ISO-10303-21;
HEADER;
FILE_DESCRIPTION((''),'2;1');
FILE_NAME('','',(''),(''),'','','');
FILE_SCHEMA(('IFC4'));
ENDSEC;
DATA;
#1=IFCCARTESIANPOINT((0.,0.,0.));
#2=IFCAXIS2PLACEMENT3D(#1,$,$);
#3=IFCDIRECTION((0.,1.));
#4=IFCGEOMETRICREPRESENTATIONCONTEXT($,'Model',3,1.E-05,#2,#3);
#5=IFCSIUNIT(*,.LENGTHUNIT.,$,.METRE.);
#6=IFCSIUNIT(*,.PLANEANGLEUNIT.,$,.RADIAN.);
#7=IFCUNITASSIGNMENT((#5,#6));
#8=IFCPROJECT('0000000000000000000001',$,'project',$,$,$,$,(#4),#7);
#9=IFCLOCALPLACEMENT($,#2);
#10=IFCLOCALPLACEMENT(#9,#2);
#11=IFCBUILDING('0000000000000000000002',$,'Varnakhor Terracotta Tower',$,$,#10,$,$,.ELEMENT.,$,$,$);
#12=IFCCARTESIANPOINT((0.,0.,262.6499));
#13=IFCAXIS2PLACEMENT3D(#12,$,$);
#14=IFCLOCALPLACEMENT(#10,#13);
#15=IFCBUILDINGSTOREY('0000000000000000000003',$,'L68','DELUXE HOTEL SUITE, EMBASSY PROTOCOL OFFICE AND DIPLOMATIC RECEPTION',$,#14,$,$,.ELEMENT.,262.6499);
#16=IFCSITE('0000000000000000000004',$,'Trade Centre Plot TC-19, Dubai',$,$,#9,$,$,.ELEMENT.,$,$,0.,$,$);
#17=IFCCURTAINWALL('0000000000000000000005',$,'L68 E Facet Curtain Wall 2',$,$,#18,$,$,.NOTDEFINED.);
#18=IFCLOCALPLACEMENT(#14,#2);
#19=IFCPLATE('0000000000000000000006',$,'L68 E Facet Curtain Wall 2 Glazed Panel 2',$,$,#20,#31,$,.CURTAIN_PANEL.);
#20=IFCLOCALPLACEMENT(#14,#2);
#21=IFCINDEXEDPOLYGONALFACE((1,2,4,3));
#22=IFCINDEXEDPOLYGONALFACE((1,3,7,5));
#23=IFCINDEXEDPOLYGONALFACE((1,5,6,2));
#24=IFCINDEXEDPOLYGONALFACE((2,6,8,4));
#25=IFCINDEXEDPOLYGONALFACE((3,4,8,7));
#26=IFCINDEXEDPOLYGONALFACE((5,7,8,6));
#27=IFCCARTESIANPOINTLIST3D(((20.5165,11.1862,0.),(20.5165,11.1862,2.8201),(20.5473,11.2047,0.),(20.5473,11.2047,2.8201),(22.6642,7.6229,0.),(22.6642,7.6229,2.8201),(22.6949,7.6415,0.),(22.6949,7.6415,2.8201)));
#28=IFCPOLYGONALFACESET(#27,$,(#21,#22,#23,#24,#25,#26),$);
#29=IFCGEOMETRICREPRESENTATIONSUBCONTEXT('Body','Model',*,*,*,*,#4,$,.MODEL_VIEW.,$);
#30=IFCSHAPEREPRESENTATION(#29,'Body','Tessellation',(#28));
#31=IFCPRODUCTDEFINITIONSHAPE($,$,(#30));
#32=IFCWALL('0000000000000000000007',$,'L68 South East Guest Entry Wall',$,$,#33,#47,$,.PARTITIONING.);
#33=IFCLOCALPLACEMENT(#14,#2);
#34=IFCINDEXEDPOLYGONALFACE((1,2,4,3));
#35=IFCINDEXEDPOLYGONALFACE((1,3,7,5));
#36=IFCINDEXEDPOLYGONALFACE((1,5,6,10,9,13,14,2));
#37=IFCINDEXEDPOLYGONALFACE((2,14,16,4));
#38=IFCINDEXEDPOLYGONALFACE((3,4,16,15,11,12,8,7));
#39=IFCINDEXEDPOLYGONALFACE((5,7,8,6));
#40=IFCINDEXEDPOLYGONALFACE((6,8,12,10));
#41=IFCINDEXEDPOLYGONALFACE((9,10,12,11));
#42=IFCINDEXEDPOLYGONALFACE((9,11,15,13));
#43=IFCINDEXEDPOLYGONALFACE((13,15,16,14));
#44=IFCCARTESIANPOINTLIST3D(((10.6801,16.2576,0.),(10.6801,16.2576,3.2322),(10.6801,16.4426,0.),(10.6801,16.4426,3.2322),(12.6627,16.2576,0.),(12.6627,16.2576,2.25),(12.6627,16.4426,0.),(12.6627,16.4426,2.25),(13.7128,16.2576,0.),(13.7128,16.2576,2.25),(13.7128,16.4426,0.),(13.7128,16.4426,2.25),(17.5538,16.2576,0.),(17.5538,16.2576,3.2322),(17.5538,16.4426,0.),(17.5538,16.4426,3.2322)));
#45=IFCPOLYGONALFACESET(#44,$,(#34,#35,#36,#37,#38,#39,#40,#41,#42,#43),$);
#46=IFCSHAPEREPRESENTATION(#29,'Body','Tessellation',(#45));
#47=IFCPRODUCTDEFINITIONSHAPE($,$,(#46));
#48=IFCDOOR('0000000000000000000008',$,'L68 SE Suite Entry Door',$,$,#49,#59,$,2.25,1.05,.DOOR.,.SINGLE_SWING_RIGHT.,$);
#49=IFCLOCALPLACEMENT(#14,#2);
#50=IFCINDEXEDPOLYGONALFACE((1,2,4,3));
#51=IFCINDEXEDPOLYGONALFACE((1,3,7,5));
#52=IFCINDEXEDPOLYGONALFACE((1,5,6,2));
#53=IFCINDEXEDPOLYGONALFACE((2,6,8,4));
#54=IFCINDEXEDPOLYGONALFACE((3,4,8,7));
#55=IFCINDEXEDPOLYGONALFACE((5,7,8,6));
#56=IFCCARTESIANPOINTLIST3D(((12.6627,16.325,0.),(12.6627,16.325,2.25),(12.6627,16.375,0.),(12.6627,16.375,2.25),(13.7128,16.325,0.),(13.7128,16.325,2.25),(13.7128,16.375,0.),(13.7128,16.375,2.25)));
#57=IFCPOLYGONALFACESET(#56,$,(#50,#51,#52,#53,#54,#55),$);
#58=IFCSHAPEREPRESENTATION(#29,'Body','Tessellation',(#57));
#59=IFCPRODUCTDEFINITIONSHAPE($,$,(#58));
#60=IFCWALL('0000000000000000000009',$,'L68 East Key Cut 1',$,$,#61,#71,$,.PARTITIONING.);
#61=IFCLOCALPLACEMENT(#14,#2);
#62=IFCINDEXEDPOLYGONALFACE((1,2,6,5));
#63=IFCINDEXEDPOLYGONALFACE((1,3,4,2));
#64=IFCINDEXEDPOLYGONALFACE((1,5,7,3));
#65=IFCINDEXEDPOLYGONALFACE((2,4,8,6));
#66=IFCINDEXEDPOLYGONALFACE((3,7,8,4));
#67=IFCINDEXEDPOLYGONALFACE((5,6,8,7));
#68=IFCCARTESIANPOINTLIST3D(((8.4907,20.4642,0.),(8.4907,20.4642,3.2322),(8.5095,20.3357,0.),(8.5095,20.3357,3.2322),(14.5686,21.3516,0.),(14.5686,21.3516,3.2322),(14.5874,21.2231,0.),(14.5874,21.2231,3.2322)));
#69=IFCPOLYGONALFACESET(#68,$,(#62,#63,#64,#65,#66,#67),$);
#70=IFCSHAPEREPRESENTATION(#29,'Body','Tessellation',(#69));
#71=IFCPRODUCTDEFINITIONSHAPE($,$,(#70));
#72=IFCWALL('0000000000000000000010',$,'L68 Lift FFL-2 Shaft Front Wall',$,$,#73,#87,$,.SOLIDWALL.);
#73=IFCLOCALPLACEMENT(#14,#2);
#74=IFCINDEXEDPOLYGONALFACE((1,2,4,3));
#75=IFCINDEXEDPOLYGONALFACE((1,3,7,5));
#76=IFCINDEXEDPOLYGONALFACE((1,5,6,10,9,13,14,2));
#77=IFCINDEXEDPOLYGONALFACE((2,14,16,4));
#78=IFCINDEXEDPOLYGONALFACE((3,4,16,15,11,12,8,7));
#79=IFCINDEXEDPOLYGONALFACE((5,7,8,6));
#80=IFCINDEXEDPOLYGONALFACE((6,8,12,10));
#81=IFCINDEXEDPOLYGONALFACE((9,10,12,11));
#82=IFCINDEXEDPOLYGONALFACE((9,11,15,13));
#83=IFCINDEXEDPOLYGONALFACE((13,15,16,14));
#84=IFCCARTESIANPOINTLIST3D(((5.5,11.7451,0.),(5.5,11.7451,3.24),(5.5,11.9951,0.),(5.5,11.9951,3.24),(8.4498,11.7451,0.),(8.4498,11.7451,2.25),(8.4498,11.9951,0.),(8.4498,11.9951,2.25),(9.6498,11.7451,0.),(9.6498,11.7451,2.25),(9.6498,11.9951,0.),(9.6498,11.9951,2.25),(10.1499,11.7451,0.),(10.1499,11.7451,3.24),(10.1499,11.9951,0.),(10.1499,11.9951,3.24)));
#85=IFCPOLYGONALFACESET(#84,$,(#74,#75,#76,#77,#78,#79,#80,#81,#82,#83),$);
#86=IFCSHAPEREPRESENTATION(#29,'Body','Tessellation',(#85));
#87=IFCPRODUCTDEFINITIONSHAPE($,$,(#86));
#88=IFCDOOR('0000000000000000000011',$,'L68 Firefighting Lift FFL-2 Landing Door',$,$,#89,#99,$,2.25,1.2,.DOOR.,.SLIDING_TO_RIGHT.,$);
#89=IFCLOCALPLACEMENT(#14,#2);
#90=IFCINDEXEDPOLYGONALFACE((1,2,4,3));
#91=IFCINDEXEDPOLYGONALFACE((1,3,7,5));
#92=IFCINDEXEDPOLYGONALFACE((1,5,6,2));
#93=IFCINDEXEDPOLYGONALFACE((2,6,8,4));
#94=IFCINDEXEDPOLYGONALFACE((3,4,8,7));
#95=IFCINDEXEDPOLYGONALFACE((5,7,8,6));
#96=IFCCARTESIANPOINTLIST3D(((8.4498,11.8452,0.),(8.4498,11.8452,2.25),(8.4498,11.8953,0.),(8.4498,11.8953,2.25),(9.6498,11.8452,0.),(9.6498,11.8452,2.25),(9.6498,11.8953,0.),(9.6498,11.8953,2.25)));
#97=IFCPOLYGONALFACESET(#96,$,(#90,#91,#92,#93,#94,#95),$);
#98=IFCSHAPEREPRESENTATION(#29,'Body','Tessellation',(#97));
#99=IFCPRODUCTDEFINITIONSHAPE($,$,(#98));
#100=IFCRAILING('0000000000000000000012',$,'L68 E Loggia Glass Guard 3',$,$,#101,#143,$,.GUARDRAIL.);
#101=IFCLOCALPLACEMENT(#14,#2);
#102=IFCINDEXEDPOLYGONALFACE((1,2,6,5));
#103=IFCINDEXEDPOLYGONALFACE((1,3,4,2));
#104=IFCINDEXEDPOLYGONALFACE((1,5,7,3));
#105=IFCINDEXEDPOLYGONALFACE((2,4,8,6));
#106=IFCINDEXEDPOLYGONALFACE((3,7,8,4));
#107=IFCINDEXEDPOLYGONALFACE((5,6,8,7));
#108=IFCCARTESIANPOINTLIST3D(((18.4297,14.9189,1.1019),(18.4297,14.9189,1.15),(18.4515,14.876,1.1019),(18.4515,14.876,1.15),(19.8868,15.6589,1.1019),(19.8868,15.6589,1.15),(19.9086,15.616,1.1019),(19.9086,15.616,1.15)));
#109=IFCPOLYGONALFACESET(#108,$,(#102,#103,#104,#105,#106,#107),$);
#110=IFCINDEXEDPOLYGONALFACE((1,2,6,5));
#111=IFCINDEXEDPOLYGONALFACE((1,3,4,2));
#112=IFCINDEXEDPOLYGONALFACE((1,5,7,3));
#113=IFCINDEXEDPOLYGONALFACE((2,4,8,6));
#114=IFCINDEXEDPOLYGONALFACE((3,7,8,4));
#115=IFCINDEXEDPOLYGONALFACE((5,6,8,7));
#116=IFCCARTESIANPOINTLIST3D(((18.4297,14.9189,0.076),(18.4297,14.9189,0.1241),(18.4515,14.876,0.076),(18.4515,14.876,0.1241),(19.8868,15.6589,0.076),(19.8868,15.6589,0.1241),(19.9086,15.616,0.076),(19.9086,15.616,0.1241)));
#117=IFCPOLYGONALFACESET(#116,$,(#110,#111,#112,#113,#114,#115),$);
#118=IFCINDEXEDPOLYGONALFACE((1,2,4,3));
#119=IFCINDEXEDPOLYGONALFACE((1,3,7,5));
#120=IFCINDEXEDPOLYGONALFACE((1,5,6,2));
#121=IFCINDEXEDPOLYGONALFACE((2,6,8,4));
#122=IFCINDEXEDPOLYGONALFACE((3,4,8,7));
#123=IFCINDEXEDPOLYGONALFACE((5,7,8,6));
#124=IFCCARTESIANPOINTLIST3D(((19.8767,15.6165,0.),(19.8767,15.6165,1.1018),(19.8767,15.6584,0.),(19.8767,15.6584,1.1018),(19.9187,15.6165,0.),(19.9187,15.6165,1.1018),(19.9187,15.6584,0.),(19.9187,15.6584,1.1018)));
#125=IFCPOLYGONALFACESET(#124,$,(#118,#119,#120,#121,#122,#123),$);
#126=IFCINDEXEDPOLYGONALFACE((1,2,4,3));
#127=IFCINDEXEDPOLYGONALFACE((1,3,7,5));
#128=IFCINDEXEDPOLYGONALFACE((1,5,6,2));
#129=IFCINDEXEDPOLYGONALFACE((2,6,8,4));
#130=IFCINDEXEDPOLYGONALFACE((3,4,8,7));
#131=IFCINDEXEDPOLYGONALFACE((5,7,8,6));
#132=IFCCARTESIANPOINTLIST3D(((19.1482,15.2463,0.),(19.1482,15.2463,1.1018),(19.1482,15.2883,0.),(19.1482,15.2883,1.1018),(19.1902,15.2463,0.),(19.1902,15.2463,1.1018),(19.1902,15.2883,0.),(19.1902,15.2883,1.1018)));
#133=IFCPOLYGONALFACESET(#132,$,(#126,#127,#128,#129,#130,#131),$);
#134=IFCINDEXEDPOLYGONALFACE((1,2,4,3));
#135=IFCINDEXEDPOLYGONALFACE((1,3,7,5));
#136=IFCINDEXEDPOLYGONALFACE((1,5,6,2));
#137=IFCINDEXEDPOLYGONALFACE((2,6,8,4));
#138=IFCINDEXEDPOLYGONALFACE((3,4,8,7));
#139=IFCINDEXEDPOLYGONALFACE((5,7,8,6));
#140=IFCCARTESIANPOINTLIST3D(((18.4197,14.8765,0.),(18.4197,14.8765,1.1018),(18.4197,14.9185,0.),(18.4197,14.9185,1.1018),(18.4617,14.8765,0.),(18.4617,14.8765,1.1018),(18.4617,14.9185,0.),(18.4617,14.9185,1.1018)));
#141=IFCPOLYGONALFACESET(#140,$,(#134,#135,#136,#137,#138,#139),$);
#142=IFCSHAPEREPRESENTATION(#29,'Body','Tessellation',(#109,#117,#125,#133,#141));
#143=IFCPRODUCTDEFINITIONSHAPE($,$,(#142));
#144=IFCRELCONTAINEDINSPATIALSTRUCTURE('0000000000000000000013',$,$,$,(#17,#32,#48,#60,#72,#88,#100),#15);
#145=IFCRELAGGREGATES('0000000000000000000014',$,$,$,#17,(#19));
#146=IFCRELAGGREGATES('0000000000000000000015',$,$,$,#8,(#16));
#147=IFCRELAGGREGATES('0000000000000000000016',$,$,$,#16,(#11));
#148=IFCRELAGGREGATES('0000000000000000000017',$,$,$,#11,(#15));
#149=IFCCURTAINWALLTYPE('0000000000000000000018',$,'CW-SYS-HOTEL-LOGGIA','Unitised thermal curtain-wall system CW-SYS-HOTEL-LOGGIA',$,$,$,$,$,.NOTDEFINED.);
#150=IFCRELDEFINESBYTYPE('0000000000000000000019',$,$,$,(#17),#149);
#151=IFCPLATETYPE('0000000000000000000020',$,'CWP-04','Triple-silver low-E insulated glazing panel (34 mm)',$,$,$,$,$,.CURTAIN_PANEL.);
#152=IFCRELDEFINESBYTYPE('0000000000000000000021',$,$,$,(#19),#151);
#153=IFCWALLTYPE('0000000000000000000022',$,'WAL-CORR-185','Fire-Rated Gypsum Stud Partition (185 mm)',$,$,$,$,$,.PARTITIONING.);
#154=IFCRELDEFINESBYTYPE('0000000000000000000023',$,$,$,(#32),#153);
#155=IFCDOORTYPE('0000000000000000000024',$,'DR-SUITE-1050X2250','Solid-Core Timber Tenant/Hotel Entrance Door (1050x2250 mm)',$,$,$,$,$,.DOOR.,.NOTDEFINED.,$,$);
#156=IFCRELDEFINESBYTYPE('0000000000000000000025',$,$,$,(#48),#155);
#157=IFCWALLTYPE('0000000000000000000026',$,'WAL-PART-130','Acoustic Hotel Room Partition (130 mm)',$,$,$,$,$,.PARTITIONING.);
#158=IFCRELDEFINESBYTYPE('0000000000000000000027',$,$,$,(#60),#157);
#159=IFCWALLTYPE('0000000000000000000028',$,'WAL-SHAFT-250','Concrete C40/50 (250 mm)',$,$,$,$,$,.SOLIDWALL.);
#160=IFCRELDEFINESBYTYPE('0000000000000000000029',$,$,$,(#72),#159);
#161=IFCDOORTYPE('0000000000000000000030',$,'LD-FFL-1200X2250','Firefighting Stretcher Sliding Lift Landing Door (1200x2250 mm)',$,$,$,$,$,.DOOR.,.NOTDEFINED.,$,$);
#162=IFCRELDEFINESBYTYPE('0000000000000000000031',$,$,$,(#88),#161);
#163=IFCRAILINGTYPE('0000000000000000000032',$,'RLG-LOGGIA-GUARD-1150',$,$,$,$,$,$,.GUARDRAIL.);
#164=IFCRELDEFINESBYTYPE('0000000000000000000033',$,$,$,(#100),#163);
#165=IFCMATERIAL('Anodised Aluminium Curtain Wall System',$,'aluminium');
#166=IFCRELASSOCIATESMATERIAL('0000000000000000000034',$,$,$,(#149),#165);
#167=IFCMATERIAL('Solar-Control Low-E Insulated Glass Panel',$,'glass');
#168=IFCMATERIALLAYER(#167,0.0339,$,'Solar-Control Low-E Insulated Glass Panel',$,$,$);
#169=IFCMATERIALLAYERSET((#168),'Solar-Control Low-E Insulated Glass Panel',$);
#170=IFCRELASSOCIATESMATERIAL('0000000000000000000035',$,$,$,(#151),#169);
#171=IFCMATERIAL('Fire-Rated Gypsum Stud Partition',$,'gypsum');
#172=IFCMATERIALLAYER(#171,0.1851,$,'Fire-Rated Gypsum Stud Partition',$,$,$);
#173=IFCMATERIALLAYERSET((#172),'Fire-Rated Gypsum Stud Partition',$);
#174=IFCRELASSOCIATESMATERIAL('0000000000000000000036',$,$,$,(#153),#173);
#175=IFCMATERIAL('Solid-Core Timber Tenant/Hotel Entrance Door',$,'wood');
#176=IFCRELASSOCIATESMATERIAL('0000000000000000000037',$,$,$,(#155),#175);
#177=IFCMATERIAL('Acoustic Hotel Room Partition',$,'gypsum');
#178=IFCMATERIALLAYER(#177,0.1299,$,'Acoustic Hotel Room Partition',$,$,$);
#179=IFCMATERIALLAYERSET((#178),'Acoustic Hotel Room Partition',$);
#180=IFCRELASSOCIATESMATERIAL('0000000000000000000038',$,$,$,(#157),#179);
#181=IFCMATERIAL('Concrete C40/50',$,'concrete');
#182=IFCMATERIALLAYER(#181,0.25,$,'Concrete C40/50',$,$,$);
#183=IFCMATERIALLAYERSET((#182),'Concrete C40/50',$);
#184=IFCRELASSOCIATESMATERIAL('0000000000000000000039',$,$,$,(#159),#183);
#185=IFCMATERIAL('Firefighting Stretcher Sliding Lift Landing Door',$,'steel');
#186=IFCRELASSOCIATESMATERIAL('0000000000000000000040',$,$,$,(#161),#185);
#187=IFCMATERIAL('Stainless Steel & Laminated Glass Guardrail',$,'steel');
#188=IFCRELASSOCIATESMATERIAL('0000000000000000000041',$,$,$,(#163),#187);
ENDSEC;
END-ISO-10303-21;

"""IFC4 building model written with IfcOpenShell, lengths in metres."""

from ifc_helpers import new_model, si_unit, direction, frame, frame_2d, origin, origin_2d, place, context, subcontext, project, spatial, rectangle, extrude, source, transform, mapped, material, layer, layer_set, type_object, type_shapes, element, fill, aggregate, save


model = new_model("IFC4")

# Units and contexts
model_context = context("Model", 3, precision=1e-05, world=origin(), true_north=direction((0.0, 1.0)))
body_context = subcontext(model_context, "Body", "Model", "MODEL_VIEW")
ifc_project = project(units=[si_unit("LENGTHUNIT", "METRE"), si_unit("PLANEANGLEUNIT", "RADIAN")], contexts=[model_context])

# Site, building, storey
site_placement = place(None, origin())
site = spatial("IfcSite", under=ifc_project, at=site_placement, Name="Trade Centre Plot TC-19, Dubai", CompositionType="ELEMENT", RefElevation=0.0)
building_placement = place(site_placement, origin())
building = spatial("IfcBuilding", under=site, at=building_placement, Name="Varnakhor Terracotta Tower", CompositionType="ELEMENT")
storey_placement = place(building_placement, frame((0.0, 0.0, 262.6499)))
storey = spatial("IfcBuildingStorey", under=building, at=storey_placement, Name="L68", Description="DELUXE HOTEL SUITE, EMBASSY PROTOCOL OFFICE AND DIPLOMATIC RECEPTION", CompositionType="ELEMENT", Elevation=262.6499)

# Curtain wall
ifc_material_1 = material(Name="Anodised Aluminium Curtain Wall System", Category="aluminium")
curtain_wall_type = type_object("IfcCurtainWallType", Name="CW-SYS-HOTEL-LOGGIA", Description="Unitised thermal curtain-wall system CW-SYS-HOTEL-LOGGIA", PredefinedType="NOTDEFINED", material=ifc_material_1)
curtain_wall_placement = place(storey_placement, origin())
curtain_wall = element("IfcCurtainWall", 1, at=curtain_wall_placement, inside=storey, type_object=curtain_wall_type, Name="L68 E Facet Curtain Wall 2", PredefinedType="NOTDEFINED")

# Plate
ifc_material_2 = material(Name="Solar-Control Low-E Insulated Glass Panel", Category="glass")
ifc_layer_1 = layer(ifc_material_2, 0.0339, Name="Solar-Control Low-E Insulated Glass Panel")
ifc_layer_set_1 = layer_set([ifc_layer_1], Name="Solar-Control Low-E Insulated Glass Panel")
plate_type = type_object("IfcPlateType", Name="CWP-04", Description="Triple-silver low-E insulated glazing panel (34 mm)", PredefinedType="CURTAIN_PANEL", material=ifc_layer_set_1)
shared_shape_1 = source(origin(), body_context, "Body", "SweptSolid", [
    extrude(rectangle(XDim=4.1604, YDim=0.0359, at=origin_2d()), origin(), (0.0, 0.0, 1.0), 2.8201),
])
plate_1_placement = place(storey_placement, frame((21.6057, 9.4138, 0.0), z_axis=(0.0, 0.0, 1.0), x_axis=(0.516205, -0.856465, 0.0)))
plate_1 = element("IfcPlate", 2, at=plate_1_placement, type_object=plate_type, Name="L68 E Facet Curtain Wall 2 Glazed Panel 2", PredefinedType="CURTAIN_PANEL", context=body_context, shape_type="MappedRepresentation", body=[
    mapped(shared_shape_1, transform((0.0, 0.0, 0.0), scale=1.0)),
])
aggregate(curtain_wall, [plate_1])

# Wall, opening, door
ifc_material_3 = material(Name="Fire-Rated Gypsum Stud Partition", Category="gypsum")
ifc_layer_2 = layer(ifc_material_3, 0.1851, Name="Fire-Rated Gypsum Stud Partition")
ifc_layer_set_2 = layer_set([ifc_layer_2], Name="Fire-Rated Gypsum Stud Partition")
wall_type_1 = type_object("IfcWallType", Name="WAL-CORR-185", Description="Fire-Rated Gypsum Stud Partition (185 mm)", PredefinedType="PARTITIONING", material=ifc_layer_set_2)
wall_1_placement = place(storey_placement, frame((10.6799, 16.3501, 0.0), z_axis=(0.0, 0.0, 1.0), x_axis=(1.0, 0.0, 0.0)))
wall_1 = element("IfcWall", 3, at=wall_1_placement, inside=storey, type_object=wall_type_1, Name="L68 South East Guest Entry Wall", PredefinedType="PARTITIONING", context=body_context, shape_type="SweptSolid", body=[
    extrude(rectangle(XDim=6.8738, YDim=0.1851, at=frame_2d((3.437, 0.0))), origin(), (0.0, 0.0, 1.0), 3.2322),
])
opening_1_placement = place(wall_1_placement, frame((1.9829, 0.0, 0.0)))
opening_1 = element("IfcOpeningElement", 4, at=opening_1_placement, cuts=wall_1, PredefinedType="OPENING", context=body_context, shape_type="SweptSolid", body=[
    extrude(rectangle(XDim=1.05, YDim=2.25, at=frame_2d((0.5249, 1.125))), frame((0.0, 0.1025, 0.0), z_axis=(0.0, -1.0, 0.0), x_axis=(1.0, 0.0, 0.0)), (0.0, 0.0, 1.0), 0.2051),
])
ifc_material_4 = material(Name="Solid-Core Timber Tenant/Hotel Entrance Door", Category="wood")
door_type_1 = type_object("IfcDoorType", Name="DR-SUITE-1050X2250", Description="Solid-Core Timber Tenant/Hotel Entrance Door (1050x2250 mm)", OperationType="NOTDEFINED", PredefinedType="DOOR", material=ifc_material_4)
shared_shape_2 = source(origin(), body_context, "Body", "SweptSolid", [
    extrude(rectangle(XDim=1.05, YDim=2.25, at=frame_2d((0.5249, 1.125))), frame((0.0, 0.0249, 0.0), z_axis=(0.0, -1.0, 0.0), x_axis=(1.0, 0.0, 0.0)), (0.0, 0.0, 1.0), 0.05),
])
type_shapes(door_type_1, [shared_shape_2])
door_1_placement = place(opening_1_placement, origin())
door_1 = element("IfcDoor", 5, at=door_1_placement, inside=storey, type_object=door_type_1, Name="L68 SE Suite Entry Door", OperationType="SINGLE_SWING_RIGHT", OverallHeight=2.25, OverallWidth=1.05, PredefinedType="DOOR", context=body_context, shape_type="MappedRepresentation", body=[
    mapped(shared_shape_2, transform((0.0, 0.0, 0.0), scale=1.0)),
])
fill(opening_1, door_1)

# Wall
ifc_material_5 = material(Name="Acoustic Hotel Room Partition", Category="gypsum")
ifc_layer_3 = layer(ifc_material_5, 0.1299, Name="Acoustic Hotel Room Partition")
ifc_layer_set_3 = layer_set([ifc_layer_3], Name="Acoustic Hotel Room Partition")
wall_type_2 = type_object("IfcWallType", Name="WAL-PART-130", Description="Acoustic Hotel Room Partition (130 mm)", PredefinedType="PARTITIONING", material=ifc_layer_set_3)
wall_2_placement = place(storey_placement, frame((8.5, 20.3999, 0.0), z_axis=(0.0, 0.0, 1.0), x_axis=(0.989508, 0.144481, 0.0)))
element("IfcWall", 6, at=wall_2_placement, inside=storey, type_object=wall_type_2, Name="L68 East Key Cut 1", PredefinedType="PARTITIONING", context=body_context, shape_type="SweptSolid", body=[
    extrude(rectangle(XDim=6.1423, YDim=0.1299, at=frame_2d((3.0713, 0.0))), origin(), (0.0, 0.0, 1.0), 3.2322),
])

# Wall, opening, door
ifc_material_6 = material(Name="Concrete C40/50", Category="concrete")
ifc_layer_4 = layer(ifc_material_6, 0.25, Name="Concrete C40/50")
ifc_layer_set_4 = layer_set([ifc_layer_4], Name="Concrete C40/50")
wall_type_3 = type_object("IfcWallType", Name="WAL-SHAFT-250", Description="Concrete C40/50 (250 mm)", PredefinedType="SOLIDWALL", material=ifc_layer_set_4)
wall_3_placement = place(storey_placement, frame((10.1499, 11.8701, 0.0), z_axis=(0.0, 0.0, 1.0), x_axis=(-1.0, 0.0, 0.0)))
wall_3 = element("IfcWall", 7, at=wall_3_placement, inside=storey, type_object=wall_type_3, Name="L68 Lift FFL-2 Shaft Front Wall", PredefinedType="SOLIDWALL", context=body_context, shape_type="SweptSolid", body=[
    extrude(rectangle(XDim=4.6499, YDim=0.25, at=frame_2d((2.325, 0.0))), origin(), (0.0, 0.0, 1.0), 3.24),
])
opening_2_placement = place(wall_3_placement, frame((0.5, 0.0, 0.0)))
opening_2 = element("IfcOpeningElement", 8, at=opening_2_placement, cuts=wall_3, PredefinedType="OPENING", context=body_context, shape_type="SweptSolid", body=[
    extrude(rectangle(XDim=1.2, YDim=2.25, at=frame_2d((0.6001, 1.125))), frame((0.0, 0.135, 0.0), z_axis=(0.0, -1.0, 0.0), x_axis=(1.0, 0.0, 0.0)), (0.0, 0.0, 1.0), 0.27),
])
ifc_material_7 = material(Name="Firefighting Stretcher Sliding Lift Landing Door", Category="steel")
door_type_2 = type_object("IfcDoorType", Name="LD-FFL-1200X2250", Description="Firefighting Stretcher Sliding Lift Landing Door (1200x2250 mm)", OperationType="NOTDEFINED", PredefinedType="DOOR", material=ifc_material_7)
shared_shape_3 = source(origin(), body_context, "Body", "SweptSolid", [
    extrude(rectangle(XDim=1.2, YDim=2.25, at=frame_2d((0.6001, 1.125))), frame((0.0, 0.0249, 0.0), z_axis=(0.0, -1.0, 0.0), x_axis=(1.0, 0.0, 0.0)), (0.0, 0.0, 1.0), 0.05),
])
type_shapes(door_type_2, [shared_shape_3])
door_2_placement = place(opening_2_placement, origin())
door_2 = element("IfcDoor", 9, at=door_2_placement, inside=storey, type_object=door_type_2, Name="L68 Firefighting Lift FFL-2 Landing Door", OperationType="SLIDING_TO_RIGHT", OverallHeight=2.25, OverallWidth=1.2, PredefinedType="DOOR", context=body_context, shape_type="MappedRepresentation", body=[
    mapped(shared_shape_3, transform((0.0, 0.0, 0.0), scale=1.0)),
])
fill(opening_2, door_2)

# Railing
ifc_material_8 = material(Name="Stainless Steel & Laminated Glass Guardrail", Category="steel")
railing_type = type_object("IfcRailingType", Name="RLG-LOGGIA-GUARD-1150", PredefinedType="GUARDRAIL", material=ifc_material_8)
railing_placement = place(storey_placement, frame((19.8977, 15.6375, 0.0)))
element("IfcRailing", 10, at=railing_placement, inside=storey, type_object=railing_type, Name="L68 E Loggia Glass Guard 3", PredefinedType="GUARDRAIL", context=body_context, shape_type="SweptSolid", body=[
    extrude(rectangle(XDim=0.0481, YDim=0.0481, at=origin_2d()), frame((0.0, 0.0, 1.126), z_axis=(-0.891601, -0.452822, 0.0), x_axis=(0.452822, -0.891601, 0.0)), (0.0, 0.0, 1.0), 1.6343),
    extrude(rectangle(XDim=0.0481, YDim=0.0481, at=origin_2d()), frame((0.0, 0.0, 0.1001), z_axis=(-0.891601, -0.452822, 0.0), x_axis=(0.452822, -0.891601, 0.0)), (0.0, 0.0, 1.0), 1.6343),
    extrude(rectangle(XDim=0.042, YDim=0.042, at=origin_2d()), origin(), (0.0, 0.0, 1.0), 1.1018),
    extrude(rectangle(XDim=0.042, YDim=0.042, at=origin_2d()), frame((-0.7285, -0.3701, 0.0)), (0.0, 0.0, 1.0), 1.1018),
    extrude(rectangle(XDim=0.042, YDim=0.042, at=origin_2d()), frame((-1.457, -0.74, 0.0)), (0.0, 0.0, 1.0), 1.1018),
])

save(model, "model.ifc")
